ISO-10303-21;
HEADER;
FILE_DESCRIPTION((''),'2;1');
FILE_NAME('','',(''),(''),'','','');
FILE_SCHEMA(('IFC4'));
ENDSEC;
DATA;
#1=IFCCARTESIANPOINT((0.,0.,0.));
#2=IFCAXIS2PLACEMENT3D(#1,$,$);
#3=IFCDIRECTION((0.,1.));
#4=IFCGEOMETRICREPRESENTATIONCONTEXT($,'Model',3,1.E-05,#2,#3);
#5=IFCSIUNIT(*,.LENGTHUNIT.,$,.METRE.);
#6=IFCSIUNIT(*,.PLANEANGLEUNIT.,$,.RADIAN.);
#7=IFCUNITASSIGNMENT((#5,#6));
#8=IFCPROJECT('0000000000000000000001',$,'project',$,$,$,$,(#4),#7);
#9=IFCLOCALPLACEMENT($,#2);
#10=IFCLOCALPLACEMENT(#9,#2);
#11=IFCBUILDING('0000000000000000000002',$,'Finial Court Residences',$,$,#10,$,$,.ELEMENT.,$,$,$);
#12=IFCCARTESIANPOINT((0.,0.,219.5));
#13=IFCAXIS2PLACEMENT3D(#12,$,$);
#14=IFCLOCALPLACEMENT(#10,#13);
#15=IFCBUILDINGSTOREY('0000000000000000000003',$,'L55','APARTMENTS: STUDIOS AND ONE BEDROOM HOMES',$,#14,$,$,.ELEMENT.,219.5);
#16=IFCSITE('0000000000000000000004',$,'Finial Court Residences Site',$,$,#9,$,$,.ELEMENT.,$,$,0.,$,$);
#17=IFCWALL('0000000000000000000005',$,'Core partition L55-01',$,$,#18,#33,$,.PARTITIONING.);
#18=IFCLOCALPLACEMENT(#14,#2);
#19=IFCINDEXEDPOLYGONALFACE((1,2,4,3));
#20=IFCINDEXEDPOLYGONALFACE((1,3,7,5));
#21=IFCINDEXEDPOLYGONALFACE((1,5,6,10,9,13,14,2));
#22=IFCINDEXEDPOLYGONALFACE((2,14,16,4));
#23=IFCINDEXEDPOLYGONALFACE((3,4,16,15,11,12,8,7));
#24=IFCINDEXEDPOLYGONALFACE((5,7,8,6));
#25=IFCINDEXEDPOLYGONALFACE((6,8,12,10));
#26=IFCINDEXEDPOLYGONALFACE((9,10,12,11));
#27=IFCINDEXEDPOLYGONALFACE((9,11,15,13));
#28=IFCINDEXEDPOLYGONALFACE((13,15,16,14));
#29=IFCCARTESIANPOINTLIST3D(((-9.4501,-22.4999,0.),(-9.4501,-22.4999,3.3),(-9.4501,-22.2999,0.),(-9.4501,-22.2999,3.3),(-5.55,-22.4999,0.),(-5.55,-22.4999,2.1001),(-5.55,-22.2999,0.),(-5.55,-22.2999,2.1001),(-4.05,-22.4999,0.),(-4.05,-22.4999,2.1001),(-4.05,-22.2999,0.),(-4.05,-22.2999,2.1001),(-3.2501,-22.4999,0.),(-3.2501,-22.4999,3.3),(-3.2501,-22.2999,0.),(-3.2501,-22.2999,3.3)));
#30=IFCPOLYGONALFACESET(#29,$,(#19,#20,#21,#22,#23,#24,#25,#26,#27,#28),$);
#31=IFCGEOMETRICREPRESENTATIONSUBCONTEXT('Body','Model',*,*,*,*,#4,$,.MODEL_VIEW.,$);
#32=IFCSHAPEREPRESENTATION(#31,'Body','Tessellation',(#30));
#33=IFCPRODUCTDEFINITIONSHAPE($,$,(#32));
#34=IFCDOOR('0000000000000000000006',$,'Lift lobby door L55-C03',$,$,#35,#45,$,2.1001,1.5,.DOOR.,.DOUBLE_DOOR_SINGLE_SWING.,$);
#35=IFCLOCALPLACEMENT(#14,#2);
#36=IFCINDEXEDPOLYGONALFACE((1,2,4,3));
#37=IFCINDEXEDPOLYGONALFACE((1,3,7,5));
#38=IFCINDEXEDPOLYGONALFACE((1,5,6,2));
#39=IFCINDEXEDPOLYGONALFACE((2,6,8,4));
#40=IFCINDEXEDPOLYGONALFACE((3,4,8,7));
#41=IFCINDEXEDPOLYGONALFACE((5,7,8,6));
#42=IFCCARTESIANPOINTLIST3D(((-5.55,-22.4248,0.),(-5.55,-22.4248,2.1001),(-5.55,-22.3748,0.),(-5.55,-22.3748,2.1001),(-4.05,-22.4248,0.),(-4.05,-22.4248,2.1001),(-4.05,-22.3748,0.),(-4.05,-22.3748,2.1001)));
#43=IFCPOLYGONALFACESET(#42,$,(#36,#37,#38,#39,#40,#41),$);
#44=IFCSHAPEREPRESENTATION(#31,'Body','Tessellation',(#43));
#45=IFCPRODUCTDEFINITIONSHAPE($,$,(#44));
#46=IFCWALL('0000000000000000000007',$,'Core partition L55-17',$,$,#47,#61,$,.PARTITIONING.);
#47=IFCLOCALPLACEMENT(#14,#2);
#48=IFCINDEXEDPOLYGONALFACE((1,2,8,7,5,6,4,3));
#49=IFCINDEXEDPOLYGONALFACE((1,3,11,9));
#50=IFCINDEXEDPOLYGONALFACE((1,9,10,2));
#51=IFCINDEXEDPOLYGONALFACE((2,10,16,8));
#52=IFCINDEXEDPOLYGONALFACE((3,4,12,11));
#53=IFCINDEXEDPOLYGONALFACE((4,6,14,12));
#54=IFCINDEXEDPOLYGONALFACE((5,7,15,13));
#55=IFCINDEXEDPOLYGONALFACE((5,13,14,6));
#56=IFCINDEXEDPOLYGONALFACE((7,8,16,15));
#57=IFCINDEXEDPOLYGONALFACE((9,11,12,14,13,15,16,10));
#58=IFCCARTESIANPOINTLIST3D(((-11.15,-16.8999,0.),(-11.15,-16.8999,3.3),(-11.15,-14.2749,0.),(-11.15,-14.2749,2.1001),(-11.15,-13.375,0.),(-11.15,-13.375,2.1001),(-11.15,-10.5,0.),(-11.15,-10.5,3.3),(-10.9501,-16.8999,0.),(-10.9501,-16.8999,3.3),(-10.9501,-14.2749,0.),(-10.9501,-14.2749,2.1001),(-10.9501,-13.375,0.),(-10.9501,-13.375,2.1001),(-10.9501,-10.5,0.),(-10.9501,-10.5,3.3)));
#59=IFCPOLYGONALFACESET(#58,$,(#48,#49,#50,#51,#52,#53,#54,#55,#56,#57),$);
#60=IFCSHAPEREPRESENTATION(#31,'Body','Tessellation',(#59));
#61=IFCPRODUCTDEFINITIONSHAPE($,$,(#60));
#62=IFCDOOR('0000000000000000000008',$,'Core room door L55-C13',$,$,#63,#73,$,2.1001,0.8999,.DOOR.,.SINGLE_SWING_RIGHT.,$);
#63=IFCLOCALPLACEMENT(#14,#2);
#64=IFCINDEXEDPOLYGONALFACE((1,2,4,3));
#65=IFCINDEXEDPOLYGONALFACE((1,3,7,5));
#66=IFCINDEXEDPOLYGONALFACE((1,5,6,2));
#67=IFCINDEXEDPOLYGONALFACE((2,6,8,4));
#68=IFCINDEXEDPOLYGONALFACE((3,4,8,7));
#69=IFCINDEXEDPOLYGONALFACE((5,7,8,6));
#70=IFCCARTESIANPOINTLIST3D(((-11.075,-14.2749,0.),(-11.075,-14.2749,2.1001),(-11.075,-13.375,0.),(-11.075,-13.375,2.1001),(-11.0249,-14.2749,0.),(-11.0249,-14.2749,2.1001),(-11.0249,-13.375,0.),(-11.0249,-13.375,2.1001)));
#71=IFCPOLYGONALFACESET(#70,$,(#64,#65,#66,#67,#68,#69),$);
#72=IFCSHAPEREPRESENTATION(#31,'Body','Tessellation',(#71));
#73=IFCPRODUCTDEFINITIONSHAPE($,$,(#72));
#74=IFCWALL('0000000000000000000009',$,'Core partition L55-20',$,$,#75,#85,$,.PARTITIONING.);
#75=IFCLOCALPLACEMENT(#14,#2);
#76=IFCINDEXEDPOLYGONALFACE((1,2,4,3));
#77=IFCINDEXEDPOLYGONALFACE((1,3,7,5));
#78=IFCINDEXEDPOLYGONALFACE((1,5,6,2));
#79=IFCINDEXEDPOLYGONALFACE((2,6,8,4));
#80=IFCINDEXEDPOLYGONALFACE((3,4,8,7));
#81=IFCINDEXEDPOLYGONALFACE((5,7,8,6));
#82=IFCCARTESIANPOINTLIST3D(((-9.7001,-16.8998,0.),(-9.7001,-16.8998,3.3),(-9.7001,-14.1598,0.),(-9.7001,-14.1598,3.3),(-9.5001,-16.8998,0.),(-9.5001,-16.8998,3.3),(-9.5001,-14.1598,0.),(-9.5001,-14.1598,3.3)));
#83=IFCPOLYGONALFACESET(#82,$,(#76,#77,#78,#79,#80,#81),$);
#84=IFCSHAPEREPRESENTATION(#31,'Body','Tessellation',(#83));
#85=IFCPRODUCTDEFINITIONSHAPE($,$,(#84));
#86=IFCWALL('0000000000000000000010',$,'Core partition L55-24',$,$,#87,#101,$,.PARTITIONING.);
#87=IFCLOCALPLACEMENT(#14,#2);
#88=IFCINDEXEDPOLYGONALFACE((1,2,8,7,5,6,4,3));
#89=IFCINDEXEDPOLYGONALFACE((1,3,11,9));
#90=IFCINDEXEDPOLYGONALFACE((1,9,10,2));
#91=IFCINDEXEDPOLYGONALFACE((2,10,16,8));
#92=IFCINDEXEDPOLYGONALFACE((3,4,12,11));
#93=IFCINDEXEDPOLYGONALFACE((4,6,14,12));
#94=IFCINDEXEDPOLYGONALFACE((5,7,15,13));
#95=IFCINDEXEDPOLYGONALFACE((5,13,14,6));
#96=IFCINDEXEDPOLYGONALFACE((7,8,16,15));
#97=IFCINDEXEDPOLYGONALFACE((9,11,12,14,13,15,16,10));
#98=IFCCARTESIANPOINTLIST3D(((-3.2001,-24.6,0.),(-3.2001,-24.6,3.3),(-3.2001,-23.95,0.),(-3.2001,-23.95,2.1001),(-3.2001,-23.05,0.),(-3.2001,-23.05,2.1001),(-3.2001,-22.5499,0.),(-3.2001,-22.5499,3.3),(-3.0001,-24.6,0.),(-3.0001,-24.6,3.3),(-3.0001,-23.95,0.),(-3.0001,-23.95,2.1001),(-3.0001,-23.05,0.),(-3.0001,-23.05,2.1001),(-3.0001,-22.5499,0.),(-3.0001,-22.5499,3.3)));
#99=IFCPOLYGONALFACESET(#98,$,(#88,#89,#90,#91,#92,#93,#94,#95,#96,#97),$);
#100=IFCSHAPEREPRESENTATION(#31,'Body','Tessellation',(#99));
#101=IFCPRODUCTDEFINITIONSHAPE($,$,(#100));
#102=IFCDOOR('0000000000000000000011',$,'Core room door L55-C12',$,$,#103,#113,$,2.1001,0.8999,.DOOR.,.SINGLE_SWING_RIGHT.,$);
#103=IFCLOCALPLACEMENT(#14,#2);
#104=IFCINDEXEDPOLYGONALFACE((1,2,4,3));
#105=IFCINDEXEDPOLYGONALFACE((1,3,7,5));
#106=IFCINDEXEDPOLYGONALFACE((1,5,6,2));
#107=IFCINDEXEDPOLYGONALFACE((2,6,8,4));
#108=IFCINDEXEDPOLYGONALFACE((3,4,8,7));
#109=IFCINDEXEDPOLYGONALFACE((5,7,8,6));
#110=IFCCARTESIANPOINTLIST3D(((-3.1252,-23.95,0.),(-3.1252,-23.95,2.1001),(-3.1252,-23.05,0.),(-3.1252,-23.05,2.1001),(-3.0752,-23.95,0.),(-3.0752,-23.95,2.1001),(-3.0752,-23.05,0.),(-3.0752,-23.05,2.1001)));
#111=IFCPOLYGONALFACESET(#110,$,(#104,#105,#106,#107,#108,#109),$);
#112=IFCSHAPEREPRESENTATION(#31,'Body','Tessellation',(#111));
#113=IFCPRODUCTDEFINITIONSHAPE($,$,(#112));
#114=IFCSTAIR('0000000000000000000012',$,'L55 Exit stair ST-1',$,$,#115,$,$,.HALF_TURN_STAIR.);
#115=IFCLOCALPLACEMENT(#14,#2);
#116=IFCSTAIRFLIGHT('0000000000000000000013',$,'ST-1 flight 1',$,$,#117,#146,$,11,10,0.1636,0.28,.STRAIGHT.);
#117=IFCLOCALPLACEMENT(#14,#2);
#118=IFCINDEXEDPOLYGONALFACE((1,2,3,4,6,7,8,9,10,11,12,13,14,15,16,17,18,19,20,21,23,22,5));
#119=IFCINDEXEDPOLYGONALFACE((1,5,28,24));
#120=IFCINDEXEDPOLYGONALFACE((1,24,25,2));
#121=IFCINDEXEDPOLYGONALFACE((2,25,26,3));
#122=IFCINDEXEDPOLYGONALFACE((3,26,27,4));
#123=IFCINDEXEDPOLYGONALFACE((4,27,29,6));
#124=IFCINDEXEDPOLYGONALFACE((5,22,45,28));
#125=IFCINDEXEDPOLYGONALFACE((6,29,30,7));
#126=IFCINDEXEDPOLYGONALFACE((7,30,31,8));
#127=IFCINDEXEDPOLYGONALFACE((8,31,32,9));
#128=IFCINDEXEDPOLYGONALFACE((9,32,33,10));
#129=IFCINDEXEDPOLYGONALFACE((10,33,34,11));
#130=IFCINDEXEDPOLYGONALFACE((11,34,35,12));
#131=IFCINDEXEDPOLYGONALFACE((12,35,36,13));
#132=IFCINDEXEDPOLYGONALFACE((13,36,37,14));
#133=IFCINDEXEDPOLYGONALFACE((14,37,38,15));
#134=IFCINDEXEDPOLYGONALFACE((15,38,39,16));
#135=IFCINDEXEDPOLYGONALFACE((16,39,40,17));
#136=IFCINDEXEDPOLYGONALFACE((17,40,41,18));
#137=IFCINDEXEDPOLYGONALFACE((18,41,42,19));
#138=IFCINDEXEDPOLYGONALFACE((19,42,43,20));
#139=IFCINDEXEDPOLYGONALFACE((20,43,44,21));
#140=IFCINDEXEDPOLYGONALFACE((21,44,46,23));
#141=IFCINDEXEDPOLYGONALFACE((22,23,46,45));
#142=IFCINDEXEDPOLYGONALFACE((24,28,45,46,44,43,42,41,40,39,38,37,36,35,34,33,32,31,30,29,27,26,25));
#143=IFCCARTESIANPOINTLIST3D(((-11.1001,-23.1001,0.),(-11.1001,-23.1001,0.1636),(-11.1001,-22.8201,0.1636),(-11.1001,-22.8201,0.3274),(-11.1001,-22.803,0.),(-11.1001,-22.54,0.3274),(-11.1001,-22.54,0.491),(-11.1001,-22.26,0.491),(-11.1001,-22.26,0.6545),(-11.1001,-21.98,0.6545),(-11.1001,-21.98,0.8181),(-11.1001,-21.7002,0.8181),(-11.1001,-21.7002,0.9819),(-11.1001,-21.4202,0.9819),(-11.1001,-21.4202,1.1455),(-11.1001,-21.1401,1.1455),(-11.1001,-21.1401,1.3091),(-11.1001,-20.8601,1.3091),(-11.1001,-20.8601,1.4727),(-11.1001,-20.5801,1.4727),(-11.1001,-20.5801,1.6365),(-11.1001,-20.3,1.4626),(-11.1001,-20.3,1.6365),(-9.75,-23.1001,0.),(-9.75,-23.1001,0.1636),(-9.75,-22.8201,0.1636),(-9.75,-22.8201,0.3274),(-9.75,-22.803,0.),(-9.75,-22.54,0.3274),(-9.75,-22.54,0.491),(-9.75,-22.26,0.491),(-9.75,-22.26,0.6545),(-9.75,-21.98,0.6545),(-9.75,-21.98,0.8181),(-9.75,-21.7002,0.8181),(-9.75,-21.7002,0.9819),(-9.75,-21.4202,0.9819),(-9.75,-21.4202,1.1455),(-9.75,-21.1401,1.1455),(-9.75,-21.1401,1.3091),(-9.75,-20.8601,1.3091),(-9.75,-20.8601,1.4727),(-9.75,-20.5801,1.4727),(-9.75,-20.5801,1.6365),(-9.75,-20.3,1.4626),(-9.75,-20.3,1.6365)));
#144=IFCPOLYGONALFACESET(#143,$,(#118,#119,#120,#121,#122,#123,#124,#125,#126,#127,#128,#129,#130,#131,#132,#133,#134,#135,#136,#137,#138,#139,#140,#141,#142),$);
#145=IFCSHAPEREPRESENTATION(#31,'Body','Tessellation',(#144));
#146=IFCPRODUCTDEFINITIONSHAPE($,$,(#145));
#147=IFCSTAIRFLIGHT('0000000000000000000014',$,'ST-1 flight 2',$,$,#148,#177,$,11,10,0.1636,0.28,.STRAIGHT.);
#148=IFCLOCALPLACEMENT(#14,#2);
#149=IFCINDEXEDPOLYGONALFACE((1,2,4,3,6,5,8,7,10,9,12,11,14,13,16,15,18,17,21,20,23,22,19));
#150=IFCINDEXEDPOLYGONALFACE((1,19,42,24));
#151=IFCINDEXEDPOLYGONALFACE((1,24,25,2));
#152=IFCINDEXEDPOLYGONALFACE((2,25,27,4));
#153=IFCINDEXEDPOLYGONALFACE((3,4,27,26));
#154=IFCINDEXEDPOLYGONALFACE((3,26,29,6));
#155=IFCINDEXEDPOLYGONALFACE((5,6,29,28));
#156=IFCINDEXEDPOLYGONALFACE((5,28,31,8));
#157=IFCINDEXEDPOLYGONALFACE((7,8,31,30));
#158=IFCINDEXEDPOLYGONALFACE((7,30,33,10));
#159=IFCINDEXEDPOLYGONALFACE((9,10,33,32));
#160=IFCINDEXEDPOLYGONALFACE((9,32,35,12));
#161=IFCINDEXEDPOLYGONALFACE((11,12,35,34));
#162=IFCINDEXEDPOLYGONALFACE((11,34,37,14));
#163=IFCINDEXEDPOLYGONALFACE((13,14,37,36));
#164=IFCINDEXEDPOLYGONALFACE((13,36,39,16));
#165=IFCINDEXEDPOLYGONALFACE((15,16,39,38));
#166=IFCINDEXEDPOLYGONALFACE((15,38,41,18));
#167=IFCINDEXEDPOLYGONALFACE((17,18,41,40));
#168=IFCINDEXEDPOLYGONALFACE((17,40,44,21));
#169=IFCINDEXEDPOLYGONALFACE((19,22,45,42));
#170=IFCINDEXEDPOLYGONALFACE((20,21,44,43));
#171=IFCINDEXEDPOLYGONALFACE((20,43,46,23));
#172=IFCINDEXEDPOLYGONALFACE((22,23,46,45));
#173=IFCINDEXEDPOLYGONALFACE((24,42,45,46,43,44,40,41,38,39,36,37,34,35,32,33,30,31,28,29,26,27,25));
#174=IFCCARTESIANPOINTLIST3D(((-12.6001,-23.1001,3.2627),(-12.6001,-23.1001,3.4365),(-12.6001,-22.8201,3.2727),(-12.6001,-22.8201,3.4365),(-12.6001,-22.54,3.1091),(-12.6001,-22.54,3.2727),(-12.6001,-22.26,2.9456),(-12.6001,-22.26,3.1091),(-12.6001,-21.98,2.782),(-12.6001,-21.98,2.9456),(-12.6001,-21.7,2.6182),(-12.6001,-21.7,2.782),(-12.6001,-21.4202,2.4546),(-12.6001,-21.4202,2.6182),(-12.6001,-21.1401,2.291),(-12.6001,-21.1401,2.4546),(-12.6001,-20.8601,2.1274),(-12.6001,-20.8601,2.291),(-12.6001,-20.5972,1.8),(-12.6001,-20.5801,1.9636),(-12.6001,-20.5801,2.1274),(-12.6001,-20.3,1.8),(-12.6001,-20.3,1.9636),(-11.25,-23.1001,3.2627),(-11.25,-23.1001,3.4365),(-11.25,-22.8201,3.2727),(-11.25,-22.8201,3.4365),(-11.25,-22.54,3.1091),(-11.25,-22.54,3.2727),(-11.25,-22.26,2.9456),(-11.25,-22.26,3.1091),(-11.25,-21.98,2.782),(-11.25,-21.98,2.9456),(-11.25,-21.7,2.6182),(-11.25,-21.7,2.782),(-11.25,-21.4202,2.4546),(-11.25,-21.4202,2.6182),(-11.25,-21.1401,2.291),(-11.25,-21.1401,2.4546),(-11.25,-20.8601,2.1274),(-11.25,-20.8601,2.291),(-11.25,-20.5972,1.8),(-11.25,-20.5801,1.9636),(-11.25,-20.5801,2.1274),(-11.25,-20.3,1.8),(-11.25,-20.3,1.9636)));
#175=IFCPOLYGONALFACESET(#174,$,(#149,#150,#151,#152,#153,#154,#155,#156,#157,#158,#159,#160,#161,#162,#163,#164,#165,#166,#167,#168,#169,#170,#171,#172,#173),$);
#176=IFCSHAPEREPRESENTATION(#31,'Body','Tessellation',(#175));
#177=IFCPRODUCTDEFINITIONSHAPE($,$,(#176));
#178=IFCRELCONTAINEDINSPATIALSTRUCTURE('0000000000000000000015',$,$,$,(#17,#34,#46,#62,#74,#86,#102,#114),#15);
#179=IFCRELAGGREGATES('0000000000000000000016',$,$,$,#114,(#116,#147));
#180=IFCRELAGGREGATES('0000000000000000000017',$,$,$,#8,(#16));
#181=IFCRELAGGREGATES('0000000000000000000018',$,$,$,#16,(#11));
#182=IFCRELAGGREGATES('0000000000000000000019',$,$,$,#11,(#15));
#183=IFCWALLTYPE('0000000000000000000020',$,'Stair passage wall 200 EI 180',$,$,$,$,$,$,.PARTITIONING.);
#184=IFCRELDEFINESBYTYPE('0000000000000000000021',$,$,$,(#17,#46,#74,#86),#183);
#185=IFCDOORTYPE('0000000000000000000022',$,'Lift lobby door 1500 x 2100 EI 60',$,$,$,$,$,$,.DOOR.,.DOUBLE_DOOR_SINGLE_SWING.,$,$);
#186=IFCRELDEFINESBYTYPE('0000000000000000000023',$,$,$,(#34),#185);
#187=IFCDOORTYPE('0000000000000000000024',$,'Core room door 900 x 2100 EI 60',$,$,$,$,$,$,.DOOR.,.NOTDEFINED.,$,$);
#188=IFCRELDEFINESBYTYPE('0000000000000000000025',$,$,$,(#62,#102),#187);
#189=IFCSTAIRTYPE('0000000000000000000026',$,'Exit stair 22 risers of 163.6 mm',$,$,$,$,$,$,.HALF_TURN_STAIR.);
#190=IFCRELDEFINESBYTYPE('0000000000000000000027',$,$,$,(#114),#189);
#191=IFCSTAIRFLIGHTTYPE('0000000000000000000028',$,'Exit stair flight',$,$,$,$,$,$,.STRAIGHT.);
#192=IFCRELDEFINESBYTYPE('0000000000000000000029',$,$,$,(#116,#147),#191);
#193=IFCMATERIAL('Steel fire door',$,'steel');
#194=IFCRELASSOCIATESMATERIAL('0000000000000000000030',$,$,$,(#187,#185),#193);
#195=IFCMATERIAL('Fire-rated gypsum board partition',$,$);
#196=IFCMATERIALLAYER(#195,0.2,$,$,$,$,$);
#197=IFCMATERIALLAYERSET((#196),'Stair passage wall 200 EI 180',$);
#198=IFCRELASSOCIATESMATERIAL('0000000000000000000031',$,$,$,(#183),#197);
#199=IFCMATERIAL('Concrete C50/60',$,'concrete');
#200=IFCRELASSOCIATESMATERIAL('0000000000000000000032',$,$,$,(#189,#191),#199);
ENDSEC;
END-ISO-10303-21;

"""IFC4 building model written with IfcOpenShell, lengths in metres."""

from ifc_helpers import new_model, si_unit, direction, frame, frame_2d, origin, place, context, subcontext, project, spatial, polyline, rectangle, outline, extrude, material, layer, layer_set, type_object, element, fill, aggregate, save


model = new_model("IFC4")

# Units and contexts
model_context = context("Model", 3, precision=1e-05, world=origin(), true_north=direction((0.0, 1.0)))
body_context = subcontext(model_context, "Body", "Model", "MODEL_VIEW")
ifc_project = project(units=[si_unit("LENGTHUNIT", "METRE"), si_unit("PLANEANGLEUNIT", "RADIAN")], contexts=[model_context])

# Site, building, storey
site_placement = place(None, origin())
site = spatial("IfcSite", under=ifc_project, at=site_placement, Name="Finial Court Residences Site", CompositionType="ELEMENT", RefElevation=0.0)
building_placement = place(site_placement, origin())
building = spatial("IfcBuilding", under=site, at=building_placement, Name="Finial Court Residences", CompositionType="ELEMENT")
storey_placement = place(building_placement, frame((0.0, 0.0, 219.5)))
storey = spatial("IfcBuildingStorey", under=building, at=storey_placement, Name="L55", Description="APARTMENTS: STUDIOS AND ONE BEDROOM HOMES", CompositionType="ELEMENT", Elevation=219.5)

# Shared definitions
ifc_material_1 = material(Name="Fire-rated gypsum board partition")
ifc_material_2 = material(Name="Steel fire door", Category="steel")
door_type_1 = type_object("IfcDoorType", Name="Core room door 900 x 2100 EI 60", OperationType="NOTDEFINED", PredefinedType="DOOR", material=ifc_material_2)

# Walls, openings, doors
ifc_layer_1 = layer(ifc_material_1, 0.2)
ifc_layer_set_1 = layer_set([ifc_layer_1], Name="Stair passage wall 200 EI 180")
wall_type_1 = type_object("IfcWallType", Name="Stair passage wall 200 EI 180", PredefinedType="PARTITIONING", material=ifc_layer_set_1)
wall_1_placement = place(storey_placement, frame((-3.25, -22.3999, 0.0), z_axis=(0.0, 0.0, 1.0), x_axis=(-1.0, 0.0, 0.0)))
wall_1 = element("IfcWall", 1, at=wall_1_placement, inside=storey, type_object=wall_type_1, Name="Core partition L55-01", PredefinedType="PARTITIONING", context=body_context, shape_type="SweptSolid", body=[
    extrude(rectangle(XDim=6.2, YDim=0.2, at=frame_2d((3.1001, 0.0))), origin(), (0.0, 0.0, 1.0), 3.3),
])
opening_1_placement = place(wall_1_placement, frame((0.8, 0.0, 0.0)))
opening_1 = element("IfcOpeningElement", 2, at=opening_1_placement, cuts=wall_1, PredefinedType="OPENING", context=body_context, shape_type="SweptSolid", body=[
    extrude(rectangle(XDim=1.5, YDim=2.1001, at=frame_2d((0.75, 1.05))), frame((0.0, 0.1099, 0.0), z_axis=(0.0, -1.0, 0.0), x_axis=(1.0, 0.0, 0.0)), (0.0, 0.0, 1.0), 0.22),
])
door_type_2 = type_object("IfcDoorType", Name="Lift lobby door 1500 x 2100 EI 60", OperationType="DOUBLE_DOOR_SINGLE_SWING", PredefinedType="DOOR", material=ifc_material_2)
door_1_placement = place(opening_1_placement, origin())
door_1 = element("IfcDoor", 3, at=door_1_placement, inside=storey, type_object=door_type_2, Name="Lift lobby door L55-C03", OperationType="DOUBLE_DOOR_SINGLE_SWING", OverallHeight=2.1001, OverallWidth=1.5, PredefinedType="DOOR", context=body_context, shape_type="SweptSolid", body=[
    extrude(rectangle(XDim=1.5, YDim=2.1001, at=frame_2d((0.75, 1.05))), frame((0.0, 0.0249, 0.0), z_axis=(0.0, -1.0, 0.0), x_axis=(1.0, 0.0, 0.0)), (0.0, 0.0, 1.0), 0.05),
])
fill(opening_1, door_1)
wall_2_placement = place(storey_placement, frame((-11.05, -16.8999, 0.0), z_axis=(0.0, 0.0, 1.0), x_axis=(0.0, 1.0, 0.0)))
wall_2 = element("IfcWall", 4, at=wall_2_placement, inside=storey, type_object=wall_type_1, Name="Core partition L55-17", PredefinedType="PARTITIONING", context=body_context, shape_type="SweptSolid", body=[
    extrude(rectangle(XDim=6.3999, YDim=0.2, at=frame_2d((3.2, 0.0))), origin(), (0.0, 0.0, 1.0), 3.3),
])
opening_2_placement = place(wall_2_placement, frame((2.625, 0.0, 0.0)))
opening_2 = element("IfcOpeningElement", 5, at=opening_2_placement, cuts=wall_2, PredefinedType="OPENING", context=body_context, shape_type="SweptSolid", body=[
    extrude(rectangle(XDim=0.8999, YDim=2.1001, at=frame_2d((0.45, 1.05))), frame((0.0, 0.1099, 0.0), z_axis=(0.0, -1.0, 0.0), x_axis=(1.0, 0.0, 0.0)), (0.0, 0.0, 1.0), 0.22),
])
door_2_placement = place(opening_2_placement, origin())
door_2 = element("IfcDoor", 6, at=door_2_placement, inside=storey, type_object=door_type_1, Name="Core room door L55-C13", OperationType="SINGLE_SWING_RIGHT", OverallHeight=2.1001, OverallWidth=0.8999, PredefinedType="DOOR", context=body_context, shape_type="SweptSolid", body=[
    extrude(rectangle(XDim=0.8999, YDim=2.1001, at=frame_2d((0.45, 1.05))), frame((0.0, 0.0249, 0.0), z_axis=(0.0, -1.0, 0.0), x_axis=(1.0, 0.0, 0.0)), (0.0, 0.0, 1.0), 0.05),
])
fill(opening_2, door_2)

# Wall
wall_3_placement = place(storey_placement, frame((-9.6001, -16.8999, 0.0), z_axis=(0.0, 0.0, 1.0), x_axis=(0.0, 1.0, 0.0)))
element("IfcWall", 7, at=wall_3_placement, inside=storey, type_object=wall_type_1, Name="Core partition L55-20", PredefinedType="PARTITIONING", context=body_context, shape_type="SweptSolid", body=[
    extrude(rectangle(XDim=2.74, YDim=0.2, at=frame_2d((1.3701, 0.0))), origin(), (0.0, 0.0, 1.0), 3.3),
])

# Wall, opening, door
wall_4_placement = place(storey_placement, frame((-3.1001, -22.55, 0.0), z_axis=(0.0, 0.0, 1.0), x_axis=(0.0, -1.0, 0.0)))
wall_4 = element("IfcWall", 8, at=wall_4_placement, inside=storey, type_object=wall_type_1, Name="Core partition L55-24", PredefinedType="PARTITIONING", context=body_context, shape_type="SweptSolid", body=[
    extrude(rectangle(XDim=2.05, YDim=0.2, at=frame_2d((1.0249, 0.0))), origin(), (0.0, 0.0, 1.0), 3.3),
])
opening_3_placement = place(wall_4_placement, frame((0.5, 0.0, 0.0)))
opening_3 = element("IfcOpeningElement", 9, at=opening_3_placement, cuts=wall_4, PredefinedType="OPENING", context=body_context, shape_type="SweptSolid", body=[
    extrude(rectangle(XDim=0.8999, YDim=2.1001, at=frame_2d((0.45, 1.05))), frame((0.0, 0.1099, 0.0), z_axis=(0.0, -1.0, 0.0), x_axis=(1.0, 0.0, 0.0)), (0.0, 0.0, 1.0), 0.22),
])
door_3_placement = place(opening_3_placement, origin())
door_3 = element("IfcDoor", 10, at=door_3_placement, inside=storey, type_object=door_type_1, Name="Core room door L55-C12", OperationType="SINGLE_SWING_RIGHT", OverallHeight=2.1001, OverallWidth=0.8999, PredefinedType="DOOR", context=body_context, shape_type="SweptSolid", body=[
    extrude(rectangle(XDim=0.8999, YDim=2.1001, at=frame_2d((0.45, 1.05))), frame((0.0, 0.0249, 0.0), z_axis=(0.0, -1.0, 0.0), x_axis=(1.0, 0.0, 0.0)), (0.0, 0.0, 1.0), 0.05),
])
fill(opening_3, door_3)

# Stair, stair flights
ifc_material_3 = material(Name="Concrete C50/60", Category="concrete")
stair_type = type_object("IfcStairType", Name="Exit stair 22 risers of 163.6 mm", PredefinedType="HALF_TURN_STAIR", material=ifc_material_3)
stair_placement = place(storey_placement, origin())
stair = element("IfcStair", 11, at=stair_placement, inside=storey, type_object=stair_type, Name="L55 Exit stair ST-1", PredefinedType="HALF_TURN_STAIR")
stair_flight_type = type_object("IfcStairFlightType", Name="Exit stair flight", PredefinedType="STRAIGHT", material=ifc_material_3)
stair_flight_1_placement = place(storey_placement, frame((-10.425, -23.1001, 0.0), z_axis=(0.0, 0.0, 1.0), x_axis=(0.0, 1.0, 0.0)))
stair_flight_1 = element("IfcStairFlight", 12, at=stair_flight_1_placement, type_object=stair_flight_type, Name="ST-1 flight 1", NumberOfRisers=11, NumberOfTreads=10, PredefinedType="STRAIGHT", RiserHeight=0.1636, TreadLength=0.28, context=body_context, shape_type="SweptSolid", body=[
    extrude(outline(polyline([(0.0, 0.0), (0.0, 0.1636), (0.28, 0.1636), (0.28, 0.3274), (0.5601, 0.3274), (0.5601, 0.491), (0.8401, 0.491), (0.8401, 0.6545), (1.1201, 0.6545), (1.1201, 0.8181), (1.3999, 0.8181), (1.3999, 0.9819), (1.6799, 0.9819), (1.6799, 1.1455), (1.96, 1.1455), (1.96, 1.3091), (2.24, 1.3091), (2.24, 1.4727), (2.52, 1.4727), (2.52, 1.6365), (2.8, 1.6365), (2.8, 1.8), (2.8, 1.4626), (0.2971, 0.0), (0.0, 0.0)])), frame((0.0, 0.675, 0.0), z_axis=(0.0, -1.0, 0.0), x_axis=(1.0, 0.0, 0.0)), (0.0, 0.0, 1.0), 1.3501),
])
stair_flight_2_placement = place(storey_placement, frame((-11.925, -20.3, 1.8), z_axis=(0.0, 0.0, 1.0), x_axis=(0.0, -1.0, 0.0)))
stair_flight_2 = element("IfcStairFlight", 13, at=stair_flight_2_placement, type_object=stair_flight_type, Name="ST-1 flight 2", NumberOfRisers=11, NumberOfTreads=10, PredefinedType="STRAIGHT", RiserHeight=0.1636, TreadLength=0.28, context=body_context, shape_type="SweptSolid", body=[
    extrude(outline(polyline([(0.0, 0.0), (0.0, 0.1636), (0.28, 0.1636), (0.28, 0.3274), (0.5601, 0.3274), (0.5601, 0.491), (0.8401, 0.491), (0.8401, 0.6545), (1.1201, 0.6545), (1.1201, 0.8181), (1.3999, 0.8181), (1.3999, 0.9819), (1.6799, 0.9819), (1.6799, 1.1455), (1.96, 1.1455), (1.96, 1.3091), (2.24, 1.3091), (2.24, 1.4727), (2.52, 1.4727), (2.52, 1.6365), (2.8, 1.6365), (2.8, 1.8), (2.8, 1.4626), (0.2971, 0.0), (0.0, 0.0)])), frame((0.0, 0.675, 0.0), z_axis=(0.0, -1.0, 0.0), x_axis=(1.0, 0.0, 0.0)), (0.0, 0.0, 1.0), 1.3501),
])
aggregate(stair, [stair_flight_1, stair_flight_2])

save(model, "model.ifc")
